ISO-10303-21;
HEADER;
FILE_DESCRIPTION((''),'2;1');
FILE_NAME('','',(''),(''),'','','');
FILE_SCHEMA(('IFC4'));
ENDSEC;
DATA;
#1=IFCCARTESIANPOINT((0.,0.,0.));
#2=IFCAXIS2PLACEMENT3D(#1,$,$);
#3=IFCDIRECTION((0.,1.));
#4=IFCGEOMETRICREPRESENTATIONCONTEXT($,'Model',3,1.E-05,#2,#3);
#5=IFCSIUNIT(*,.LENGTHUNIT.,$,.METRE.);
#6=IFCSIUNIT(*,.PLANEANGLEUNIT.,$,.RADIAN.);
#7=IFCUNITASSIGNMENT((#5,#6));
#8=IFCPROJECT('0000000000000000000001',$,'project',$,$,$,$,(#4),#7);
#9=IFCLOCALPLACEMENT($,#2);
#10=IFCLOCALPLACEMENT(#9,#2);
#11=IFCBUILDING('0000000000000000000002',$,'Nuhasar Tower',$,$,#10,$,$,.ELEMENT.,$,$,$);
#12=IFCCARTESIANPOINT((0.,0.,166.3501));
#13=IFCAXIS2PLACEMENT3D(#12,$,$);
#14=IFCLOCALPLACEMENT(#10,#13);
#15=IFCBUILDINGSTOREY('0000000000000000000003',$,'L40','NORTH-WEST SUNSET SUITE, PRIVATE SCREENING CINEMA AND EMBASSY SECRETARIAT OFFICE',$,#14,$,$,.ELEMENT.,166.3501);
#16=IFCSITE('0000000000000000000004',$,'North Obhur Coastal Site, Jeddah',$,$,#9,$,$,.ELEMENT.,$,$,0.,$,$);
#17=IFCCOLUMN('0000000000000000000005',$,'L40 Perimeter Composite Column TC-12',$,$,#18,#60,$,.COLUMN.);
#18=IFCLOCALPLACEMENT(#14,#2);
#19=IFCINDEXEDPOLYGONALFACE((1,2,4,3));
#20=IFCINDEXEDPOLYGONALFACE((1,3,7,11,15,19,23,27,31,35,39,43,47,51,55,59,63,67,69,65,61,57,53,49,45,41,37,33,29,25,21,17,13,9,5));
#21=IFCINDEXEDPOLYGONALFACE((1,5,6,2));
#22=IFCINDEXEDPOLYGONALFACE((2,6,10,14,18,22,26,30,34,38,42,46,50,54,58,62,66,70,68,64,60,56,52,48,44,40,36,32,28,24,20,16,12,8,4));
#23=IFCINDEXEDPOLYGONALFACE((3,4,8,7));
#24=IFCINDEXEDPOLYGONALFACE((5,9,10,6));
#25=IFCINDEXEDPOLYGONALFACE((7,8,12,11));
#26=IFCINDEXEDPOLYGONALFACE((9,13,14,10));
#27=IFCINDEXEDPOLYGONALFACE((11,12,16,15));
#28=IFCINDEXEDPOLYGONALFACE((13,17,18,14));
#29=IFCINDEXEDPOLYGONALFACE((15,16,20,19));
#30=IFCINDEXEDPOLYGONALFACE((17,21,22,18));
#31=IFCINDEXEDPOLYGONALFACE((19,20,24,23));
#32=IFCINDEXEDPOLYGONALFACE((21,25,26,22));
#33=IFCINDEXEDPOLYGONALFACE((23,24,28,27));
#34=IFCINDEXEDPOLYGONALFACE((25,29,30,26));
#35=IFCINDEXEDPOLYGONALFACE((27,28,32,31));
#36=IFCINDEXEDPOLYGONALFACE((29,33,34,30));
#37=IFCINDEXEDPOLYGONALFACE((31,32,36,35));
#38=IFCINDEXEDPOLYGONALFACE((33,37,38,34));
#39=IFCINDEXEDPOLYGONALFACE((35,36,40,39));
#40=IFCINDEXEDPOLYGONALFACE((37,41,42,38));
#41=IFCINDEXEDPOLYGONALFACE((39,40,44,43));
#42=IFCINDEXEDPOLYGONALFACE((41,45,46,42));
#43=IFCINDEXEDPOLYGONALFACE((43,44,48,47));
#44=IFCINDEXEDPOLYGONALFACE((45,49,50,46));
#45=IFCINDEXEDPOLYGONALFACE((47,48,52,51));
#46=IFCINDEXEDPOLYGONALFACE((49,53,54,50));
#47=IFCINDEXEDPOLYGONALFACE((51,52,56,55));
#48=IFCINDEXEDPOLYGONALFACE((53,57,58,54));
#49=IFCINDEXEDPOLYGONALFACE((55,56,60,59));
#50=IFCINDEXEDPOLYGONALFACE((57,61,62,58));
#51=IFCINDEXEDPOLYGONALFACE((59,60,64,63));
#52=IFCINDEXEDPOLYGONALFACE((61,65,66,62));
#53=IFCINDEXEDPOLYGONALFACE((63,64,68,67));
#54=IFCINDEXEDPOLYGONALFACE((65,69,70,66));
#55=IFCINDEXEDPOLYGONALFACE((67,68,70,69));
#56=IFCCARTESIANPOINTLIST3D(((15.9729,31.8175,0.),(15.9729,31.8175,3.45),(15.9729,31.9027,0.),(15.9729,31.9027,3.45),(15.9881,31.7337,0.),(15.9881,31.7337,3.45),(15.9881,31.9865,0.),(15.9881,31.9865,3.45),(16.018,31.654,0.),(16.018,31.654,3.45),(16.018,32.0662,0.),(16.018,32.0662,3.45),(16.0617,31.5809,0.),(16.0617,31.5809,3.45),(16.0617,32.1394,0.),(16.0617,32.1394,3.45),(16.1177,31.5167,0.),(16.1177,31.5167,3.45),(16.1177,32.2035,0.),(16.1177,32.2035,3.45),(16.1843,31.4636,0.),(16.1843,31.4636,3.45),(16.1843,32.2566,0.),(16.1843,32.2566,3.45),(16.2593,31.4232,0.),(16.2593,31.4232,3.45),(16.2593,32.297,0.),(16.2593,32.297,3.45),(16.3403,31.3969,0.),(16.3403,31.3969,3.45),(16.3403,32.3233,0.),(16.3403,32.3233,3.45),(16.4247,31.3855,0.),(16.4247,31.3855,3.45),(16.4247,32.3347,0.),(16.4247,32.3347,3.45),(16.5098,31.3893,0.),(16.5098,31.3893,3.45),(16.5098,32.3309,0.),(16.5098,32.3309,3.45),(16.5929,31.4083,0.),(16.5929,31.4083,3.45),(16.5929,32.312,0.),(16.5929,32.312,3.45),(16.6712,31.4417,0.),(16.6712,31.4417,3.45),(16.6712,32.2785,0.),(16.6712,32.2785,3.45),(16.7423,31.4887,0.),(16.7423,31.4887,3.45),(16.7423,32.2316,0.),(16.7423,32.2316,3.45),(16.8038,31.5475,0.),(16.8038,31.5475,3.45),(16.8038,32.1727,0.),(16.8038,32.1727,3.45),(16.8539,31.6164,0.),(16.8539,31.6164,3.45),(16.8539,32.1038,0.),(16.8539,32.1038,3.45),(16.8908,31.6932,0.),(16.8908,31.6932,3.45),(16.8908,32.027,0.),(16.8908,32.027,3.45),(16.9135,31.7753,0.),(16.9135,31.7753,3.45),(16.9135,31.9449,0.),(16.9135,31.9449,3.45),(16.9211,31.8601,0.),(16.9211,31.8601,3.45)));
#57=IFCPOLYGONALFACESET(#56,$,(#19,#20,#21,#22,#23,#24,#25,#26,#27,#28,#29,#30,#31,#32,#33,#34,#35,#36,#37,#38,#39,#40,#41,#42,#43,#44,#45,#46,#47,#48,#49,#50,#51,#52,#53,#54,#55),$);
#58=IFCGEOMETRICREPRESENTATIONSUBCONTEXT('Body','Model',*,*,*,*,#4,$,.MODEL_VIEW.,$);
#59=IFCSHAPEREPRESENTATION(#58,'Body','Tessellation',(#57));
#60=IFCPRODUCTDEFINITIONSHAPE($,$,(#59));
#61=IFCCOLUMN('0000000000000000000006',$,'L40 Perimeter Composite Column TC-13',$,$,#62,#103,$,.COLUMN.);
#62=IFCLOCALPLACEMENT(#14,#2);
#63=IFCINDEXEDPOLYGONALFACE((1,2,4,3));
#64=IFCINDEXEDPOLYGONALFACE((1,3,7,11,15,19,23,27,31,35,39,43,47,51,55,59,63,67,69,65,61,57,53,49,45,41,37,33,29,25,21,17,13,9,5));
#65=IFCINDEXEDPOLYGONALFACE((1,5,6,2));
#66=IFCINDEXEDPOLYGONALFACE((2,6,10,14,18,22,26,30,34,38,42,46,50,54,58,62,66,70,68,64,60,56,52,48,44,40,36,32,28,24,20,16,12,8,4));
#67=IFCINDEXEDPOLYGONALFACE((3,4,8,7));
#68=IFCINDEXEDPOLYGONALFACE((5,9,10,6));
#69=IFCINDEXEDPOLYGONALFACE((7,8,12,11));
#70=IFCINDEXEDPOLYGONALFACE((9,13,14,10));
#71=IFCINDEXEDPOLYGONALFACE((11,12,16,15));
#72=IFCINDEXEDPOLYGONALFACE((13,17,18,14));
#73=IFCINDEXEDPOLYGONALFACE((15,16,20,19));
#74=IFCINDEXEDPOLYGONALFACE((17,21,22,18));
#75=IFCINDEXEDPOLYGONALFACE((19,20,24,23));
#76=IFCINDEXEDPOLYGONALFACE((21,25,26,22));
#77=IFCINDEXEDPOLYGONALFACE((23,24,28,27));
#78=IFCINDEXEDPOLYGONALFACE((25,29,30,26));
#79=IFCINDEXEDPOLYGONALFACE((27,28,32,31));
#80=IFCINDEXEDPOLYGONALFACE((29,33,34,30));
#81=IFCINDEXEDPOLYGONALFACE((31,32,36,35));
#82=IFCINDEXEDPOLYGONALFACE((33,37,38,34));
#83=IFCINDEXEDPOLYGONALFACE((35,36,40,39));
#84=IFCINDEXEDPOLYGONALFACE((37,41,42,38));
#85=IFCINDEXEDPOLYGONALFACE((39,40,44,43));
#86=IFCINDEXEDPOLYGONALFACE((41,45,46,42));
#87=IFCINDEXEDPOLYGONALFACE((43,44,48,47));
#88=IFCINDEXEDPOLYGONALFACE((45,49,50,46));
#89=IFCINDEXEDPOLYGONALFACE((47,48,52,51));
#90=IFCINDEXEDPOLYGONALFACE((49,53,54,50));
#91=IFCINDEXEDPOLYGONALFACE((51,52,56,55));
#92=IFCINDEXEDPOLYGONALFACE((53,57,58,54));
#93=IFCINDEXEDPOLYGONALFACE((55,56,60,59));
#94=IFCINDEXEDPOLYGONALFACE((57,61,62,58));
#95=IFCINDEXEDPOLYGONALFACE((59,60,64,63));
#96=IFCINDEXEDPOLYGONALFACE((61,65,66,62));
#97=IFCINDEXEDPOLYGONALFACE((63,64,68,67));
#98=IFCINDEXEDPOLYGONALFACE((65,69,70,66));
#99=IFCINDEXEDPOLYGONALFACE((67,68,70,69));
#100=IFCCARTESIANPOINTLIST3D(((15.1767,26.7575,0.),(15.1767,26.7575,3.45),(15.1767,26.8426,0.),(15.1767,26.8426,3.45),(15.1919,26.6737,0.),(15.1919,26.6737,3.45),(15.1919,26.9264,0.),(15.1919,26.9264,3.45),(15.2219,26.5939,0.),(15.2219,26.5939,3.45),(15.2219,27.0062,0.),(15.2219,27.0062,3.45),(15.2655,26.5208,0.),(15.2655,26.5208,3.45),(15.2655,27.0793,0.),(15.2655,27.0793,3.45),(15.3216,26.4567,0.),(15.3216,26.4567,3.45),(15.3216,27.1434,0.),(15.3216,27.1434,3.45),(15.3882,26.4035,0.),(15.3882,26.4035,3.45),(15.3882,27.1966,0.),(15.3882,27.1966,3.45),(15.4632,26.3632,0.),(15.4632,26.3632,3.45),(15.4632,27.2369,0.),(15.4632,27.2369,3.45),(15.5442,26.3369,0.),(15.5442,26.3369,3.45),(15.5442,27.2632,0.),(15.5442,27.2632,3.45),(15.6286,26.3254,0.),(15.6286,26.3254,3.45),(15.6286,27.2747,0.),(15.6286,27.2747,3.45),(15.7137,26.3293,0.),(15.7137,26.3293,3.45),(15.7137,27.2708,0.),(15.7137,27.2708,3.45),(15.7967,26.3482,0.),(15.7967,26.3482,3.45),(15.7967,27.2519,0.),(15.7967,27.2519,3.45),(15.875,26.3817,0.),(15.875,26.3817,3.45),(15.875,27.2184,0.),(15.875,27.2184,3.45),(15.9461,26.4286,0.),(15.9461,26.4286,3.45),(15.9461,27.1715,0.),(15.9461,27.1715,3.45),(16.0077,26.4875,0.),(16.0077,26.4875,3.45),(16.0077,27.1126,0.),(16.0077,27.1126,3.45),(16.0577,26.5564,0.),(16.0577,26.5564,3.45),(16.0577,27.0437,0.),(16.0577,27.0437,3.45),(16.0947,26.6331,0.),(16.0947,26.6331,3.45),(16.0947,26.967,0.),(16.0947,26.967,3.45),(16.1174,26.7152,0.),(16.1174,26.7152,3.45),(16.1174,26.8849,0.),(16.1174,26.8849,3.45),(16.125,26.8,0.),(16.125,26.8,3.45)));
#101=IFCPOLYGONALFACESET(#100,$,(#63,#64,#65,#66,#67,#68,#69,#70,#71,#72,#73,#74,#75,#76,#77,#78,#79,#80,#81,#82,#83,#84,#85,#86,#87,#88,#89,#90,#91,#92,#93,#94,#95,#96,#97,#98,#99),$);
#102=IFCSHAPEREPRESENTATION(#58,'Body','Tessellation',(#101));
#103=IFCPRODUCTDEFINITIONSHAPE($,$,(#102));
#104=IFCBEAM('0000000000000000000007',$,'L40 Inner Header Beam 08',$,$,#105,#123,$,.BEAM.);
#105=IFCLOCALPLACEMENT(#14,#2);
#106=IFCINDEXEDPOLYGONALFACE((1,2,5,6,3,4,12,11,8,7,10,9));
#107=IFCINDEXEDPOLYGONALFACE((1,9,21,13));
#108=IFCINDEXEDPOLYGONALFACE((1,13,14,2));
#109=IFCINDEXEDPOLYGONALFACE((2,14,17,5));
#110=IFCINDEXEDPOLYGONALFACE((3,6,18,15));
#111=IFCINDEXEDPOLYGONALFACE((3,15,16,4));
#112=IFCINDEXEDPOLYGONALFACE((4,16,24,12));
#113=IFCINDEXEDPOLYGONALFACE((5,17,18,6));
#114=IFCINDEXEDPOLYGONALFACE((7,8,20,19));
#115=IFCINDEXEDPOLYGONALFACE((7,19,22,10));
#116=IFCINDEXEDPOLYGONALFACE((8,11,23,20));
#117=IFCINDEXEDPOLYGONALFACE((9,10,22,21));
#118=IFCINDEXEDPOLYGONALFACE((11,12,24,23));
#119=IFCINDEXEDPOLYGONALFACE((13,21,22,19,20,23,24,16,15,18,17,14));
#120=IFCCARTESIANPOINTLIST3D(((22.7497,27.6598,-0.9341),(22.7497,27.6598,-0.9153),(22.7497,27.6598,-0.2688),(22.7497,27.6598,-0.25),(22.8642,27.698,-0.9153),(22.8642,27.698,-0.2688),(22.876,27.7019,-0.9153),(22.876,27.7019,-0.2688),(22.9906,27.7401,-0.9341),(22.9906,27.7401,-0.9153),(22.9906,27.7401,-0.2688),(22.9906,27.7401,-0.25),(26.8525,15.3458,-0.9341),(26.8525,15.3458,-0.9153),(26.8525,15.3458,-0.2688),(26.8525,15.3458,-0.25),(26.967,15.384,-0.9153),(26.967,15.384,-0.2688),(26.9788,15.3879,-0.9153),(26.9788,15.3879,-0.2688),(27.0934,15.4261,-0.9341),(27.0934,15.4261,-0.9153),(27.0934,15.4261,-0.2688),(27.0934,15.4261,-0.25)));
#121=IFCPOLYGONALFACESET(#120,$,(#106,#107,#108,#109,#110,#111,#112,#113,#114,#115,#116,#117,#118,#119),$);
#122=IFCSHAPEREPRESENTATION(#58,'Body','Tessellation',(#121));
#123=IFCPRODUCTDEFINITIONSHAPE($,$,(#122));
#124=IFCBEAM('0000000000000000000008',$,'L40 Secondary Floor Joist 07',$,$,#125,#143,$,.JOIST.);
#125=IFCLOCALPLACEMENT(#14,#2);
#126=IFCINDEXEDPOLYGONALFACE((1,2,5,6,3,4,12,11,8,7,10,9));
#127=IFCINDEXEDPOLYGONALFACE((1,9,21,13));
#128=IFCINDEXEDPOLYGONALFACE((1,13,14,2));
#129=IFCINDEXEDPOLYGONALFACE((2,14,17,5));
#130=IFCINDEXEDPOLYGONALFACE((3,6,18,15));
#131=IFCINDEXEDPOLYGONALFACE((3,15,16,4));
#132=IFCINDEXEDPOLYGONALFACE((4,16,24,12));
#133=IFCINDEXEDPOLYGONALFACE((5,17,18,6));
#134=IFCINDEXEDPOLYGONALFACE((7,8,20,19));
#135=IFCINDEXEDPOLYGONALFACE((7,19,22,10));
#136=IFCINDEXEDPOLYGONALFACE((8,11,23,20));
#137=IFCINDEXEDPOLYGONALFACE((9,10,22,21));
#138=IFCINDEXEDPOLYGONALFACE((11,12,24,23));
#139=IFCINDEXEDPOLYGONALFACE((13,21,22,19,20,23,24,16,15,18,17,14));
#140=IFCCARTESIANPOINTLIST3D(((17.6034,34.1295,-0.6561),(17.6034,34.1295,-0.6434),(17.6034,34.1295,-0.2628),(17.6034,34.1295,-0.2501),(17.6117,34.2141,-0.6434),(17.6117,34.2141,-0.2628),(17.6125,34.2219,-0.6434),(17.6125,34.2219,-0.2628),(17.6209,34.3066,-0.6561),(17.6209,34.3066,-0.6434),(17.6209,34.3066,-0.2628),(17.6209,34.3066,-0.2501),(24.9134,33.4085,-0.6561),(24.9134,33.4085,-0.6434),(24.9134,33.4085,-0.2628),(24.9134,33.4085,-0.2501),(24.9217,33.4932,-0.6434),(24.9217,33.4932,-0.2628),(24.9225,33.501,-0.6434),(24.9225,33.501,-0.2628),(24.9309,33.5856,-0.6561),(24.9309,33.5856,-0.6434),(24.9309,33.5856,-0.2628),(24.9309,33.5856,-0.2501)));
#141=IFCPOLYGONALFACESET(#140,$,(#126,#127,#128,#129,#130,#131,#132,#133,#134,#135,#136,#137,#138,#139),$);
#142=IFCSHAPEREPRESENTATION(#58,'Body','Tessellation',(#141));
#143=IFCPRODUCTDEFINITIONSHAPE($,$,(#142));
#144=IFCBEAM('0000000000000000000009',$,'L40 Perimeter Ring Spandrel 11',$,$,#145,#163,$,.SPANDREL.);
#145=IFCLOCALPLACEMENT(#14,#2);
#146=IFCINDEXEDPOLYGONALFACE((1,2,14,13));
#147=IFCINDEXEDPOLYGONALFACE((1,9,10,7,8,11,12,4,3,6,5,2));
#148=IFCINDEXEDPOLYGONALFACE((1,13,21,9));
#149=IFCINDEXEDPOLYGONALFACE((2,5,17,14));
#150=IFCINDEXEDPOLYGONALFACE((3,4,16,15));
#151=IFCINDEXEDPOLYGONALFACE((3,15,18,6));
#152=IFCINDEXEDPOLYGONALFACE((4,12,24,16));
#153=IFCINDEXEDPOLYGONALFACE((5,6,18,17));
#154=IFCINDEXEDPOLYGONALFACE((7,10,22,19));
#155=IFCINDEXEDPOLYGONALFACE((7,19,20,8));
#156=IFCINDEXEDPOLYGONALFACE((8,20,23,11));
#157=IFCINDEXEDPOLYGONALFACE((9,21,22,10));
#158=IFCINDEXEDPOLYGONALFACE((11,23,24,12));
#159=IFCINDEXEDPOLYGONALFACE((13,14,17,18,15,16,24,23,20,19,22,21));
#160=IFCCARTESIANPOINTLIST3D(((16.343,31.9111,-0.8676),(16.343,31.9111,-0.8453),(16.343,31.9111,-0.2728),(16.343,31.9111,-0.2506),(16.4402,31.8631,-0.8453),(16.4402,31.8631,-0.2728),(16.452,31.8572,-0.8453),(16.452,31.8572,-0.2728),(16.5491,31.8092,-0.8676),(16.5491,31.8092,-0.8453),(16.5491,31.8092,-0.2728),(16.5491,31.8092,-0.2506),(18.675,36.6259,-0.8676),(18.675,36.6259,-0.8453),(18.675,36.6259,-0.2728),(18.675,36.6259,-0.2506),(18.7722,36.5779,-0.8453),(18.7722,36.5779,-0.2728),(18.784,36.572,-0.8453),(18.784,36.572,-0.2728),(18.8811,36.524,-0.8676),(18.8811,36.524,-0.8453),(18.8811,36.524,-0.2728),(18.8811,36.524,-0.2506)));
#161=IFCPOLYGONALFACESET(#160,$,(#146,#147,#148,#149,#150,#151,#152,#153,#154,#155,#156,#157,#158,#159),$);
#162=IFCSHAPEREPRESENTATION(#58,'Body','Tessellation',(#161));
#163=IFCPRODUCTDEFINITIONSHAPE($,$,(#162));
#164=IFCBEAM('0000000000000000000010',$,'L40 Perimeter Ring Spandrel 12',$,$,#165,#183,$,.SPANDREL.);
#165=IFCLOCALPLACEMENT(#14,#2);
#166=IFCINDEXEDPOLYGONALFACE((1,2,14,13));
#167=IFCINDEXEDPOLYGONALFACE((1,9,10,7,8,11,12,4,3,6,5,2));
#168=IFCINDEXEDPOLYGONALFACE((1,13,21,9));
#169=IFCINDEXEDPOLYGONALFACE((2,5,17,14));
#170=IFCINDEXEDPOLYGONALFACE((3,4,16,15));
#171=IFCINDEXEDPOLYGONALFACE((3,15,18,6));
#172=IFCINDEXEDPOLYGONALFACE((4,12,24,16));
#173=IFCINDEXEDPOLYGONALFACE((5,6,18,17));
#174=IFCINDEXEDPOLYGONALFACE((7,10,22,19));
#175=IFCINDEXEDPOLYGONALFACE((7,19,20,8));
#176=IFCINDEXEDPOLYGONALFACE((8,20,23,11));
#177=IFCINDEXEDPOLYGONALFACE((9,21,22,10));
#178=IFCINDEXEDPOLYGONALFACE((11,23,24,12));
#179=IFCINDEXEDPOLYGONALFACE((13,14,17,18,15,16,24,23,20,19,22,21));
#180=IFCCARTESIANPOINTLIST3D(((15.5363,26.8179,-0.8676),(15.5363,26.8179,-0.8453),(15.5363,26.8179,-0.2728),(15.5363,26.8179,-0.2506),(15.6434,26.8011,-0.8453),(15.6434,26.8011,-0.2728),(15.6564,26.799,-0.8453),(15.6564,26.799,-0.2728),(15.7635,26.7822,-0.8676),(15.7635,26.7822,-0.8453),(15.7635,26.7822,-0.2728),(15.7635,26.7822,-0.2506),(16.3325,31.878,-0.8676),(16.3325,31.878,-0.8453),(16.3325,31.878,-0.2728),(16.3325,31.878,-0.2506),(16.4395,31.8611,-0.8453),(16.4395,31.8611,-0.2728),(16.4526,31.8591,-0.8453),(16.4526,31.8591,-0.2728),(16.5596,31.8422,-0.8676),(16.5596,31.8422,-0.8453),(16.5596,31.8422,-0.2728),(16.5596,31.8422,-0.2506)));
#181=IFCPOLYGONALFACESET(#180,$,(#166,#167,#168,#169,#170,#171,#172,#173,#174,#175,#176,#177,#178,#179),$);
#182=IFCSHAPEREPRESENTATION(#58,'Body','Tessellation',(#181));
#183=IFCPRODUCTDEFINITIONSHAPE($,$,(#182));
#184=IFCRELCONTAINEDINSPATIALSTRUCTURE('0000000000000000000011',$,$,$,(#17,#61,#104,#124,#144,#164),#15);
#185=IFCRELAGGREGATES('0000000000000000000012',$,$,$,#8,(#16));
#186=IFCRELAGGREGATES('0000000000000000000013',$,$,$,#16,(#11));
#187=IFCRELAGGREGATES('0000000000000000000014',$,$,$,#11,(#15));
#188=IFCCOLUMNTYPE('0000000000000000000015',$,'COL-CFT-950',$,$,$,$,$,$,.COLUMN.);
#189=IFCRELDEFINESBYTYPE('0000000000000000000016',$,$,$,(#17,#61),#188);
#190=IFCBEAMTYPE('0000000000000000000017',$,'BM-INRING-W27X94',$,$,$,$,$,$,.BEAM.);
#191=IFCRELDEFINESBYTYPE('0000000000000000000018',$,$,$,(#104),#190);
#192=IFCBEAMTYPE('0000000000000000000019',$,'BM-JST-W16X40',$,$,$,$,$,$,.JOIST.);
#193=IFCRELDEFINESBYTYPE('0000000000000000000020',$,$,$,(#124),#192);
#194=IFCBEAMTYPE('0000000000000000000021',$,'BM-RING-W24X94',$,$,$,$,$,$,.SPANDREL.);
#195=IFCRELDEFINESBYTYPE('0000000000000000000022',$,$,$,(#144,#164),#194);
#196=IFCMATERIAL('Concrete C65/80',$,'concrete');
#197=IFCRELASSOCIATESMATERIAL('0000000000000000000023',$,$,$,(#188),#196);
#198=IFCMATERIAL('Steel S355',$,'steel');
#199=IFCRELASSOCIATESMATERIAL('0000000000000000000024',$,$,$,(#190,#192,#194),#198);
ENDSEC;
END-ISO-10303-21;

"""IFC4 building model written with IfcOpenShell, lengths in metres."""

from ifc_helpers import new_model, si_unit, direction, frame, origin, origin_2d, place, context, subcontext, project, spatial, circle, i_section, extrude, material, material_profile, profile_set, type_object, element, save


model = new_model("IFC4")

# Units and contexts
model_context = context("Model", 3, precision=1e-05, world=origin(), true_north=direction((0.0, 1.0)))
body_context = subcontext(model_context, "Body", "Model", "MODEL_VIEW")
ifc_project = project(units=[si_unit("LENGTHUNIT", "METRE"), si_unit("PLANEANGLEUNIT", "RADIAN")], contexts=[model_context])

# Site, building, storey
site_placement = place(None, origin())
site = spatial("IfcSite", under=ifc_project, at=site_placement, Name="North Obhur Coastal Site, Jeddah", CompositionType="ELEMENT", RefElevation=0.0)
building_placement = place(site_placement, origin())
building = spatial("IfcBuilding", under=site, at=building_placement, Name="Nuhasar Tower", CompositionType="ELEMENT")
storey_placement = place(building_placement, frame((0.0, 0.0, 166.3501)))
storey = spatial("IfcBuildingStorey", under=building, at=storey_placement, Name="L40", Description="NORTH-WEST SUNSET SUITE, PRIVATE SCREENING CINEMA AND EMBASSY SECRETARIAT OFFICE", CompositionType="ELEMENT", Elevation=166.3501)

# Columns
ifc_material_1 = material(Name="Concrete C65/80", Category="concrete")
ifc_material_profile_1 = material_profile(ifc_material_1, circle(Radius=0.4751, at=origin_2d()), Name="CFT950")
ifc_profile_set_1 = profile_set([ifc_material_profile_1], Name="Concrete C65/80")
column_type = type_object("IfcColumnType", Name="COL-CFT-950", PredefinedType="COLUMN", material=ifc_profile_set_1)
for number, where, z_axis, x_axis, name in (
    (1, (16.446, 31.8601, 0.0), (0.0, 0.0, 1.0), (1.0, 0.0, 0.0), "L40 Perimeter Composite Column TC-12"),
    (2, (15.6499, 26.8, 0.0), (0.0, 0.0, 1.0), (1.0, 0.0, 0.0), "L40 Perimeter Composite Column TC-13"),
):
    element("IfcColumn", number, at=place(storey_placement, frame(where, z_axis=z_axis, x_axis=x_axis)), inside=storey, type_object=column_type, Name=name, PredefinedType="COLUMN", context=body_context, shape_type="SweptSolid", body=[
        extrude(circle(Radius=0.4751, at=origin_2d()), origin(), (0.0, 0.0, 1.0), 3.45),
    ])

# Beams
ifc_material_2 = material(Name="Steel S355", Category="steel")
ifc_material_profile_2 = material_profile(ifc_material_2, i_section(OverallWidth=0.2539, OverallDepth=0.6841, WebThickness=0.0125, FlangeThickness=0.0188, at=origin_2d()), Name="W27X94")
ifc_profile_set_2 = profile_set([ifc_material_profile_2], Name="Steel S355")
beam_type_1 = type_object("IfcBeamType", Name="BM-INRING-W27X94", PredefinedType="BEAM", material=ifc_profile_set_2)
beam_1_placement = place(storey_placement, frame((22.8701, 27.7, -0.592), z_axis=(0.316098, -0.948727, 0.0), x_axis=(0.948727, 0.316098, 0.0)))
element("IfcBeam", 3, at=beam_1_placement, inside=storey, type_object=beam_type_1, Name="L40 Inner Header Beam 08", PredefinedType="BEAM", context=body_context, shape_type="SweptSolid", body=[
    extrude(i_section(OverallWidth=0.2539, OverallDepth=0.6841, WebThickness=0.0125, FlangeThickness=0.0188, at=origin_2d()), origin(), (0.0, 0.0, 1.0), 12.9795),
])
ifc_material_profile_3 = material_profile(ifc_material_2, i_section(OverallWidth=0.178, OverallDepth=0.406, WebThickness=0.0078, FlangeThickness=0.0127, at=origin_2d()), Name="W16X40")
ifc_profile_set_3 = profile_set([ifc_material_profile_3], Name="Steel S355")
beam_type_2 = type_object("IfcBeamType", Name="BM-JST-W16X40", PredefinedType="JOIST", material=ifc_profile_set_3)
beam_2_placement = place(storey_placement, frame((24.9221, 33.4971, -0.4531), z_axis=(-0.995172, 0.098148, 0.0), x_axis=(-0.098148, -0.995172, 0.0)))
element("IfcBeam", 4, at=beam_2_placement, inside=storey, type_object=beam_type_2, Name="L40 Secondary Floor Joist 07", PredefinedType="JOIST", context=body_context, shape_type="SweptSolid", body=[
    extrude(i_section(OverallWidth=0.178, OverallDepth=0.406, WebThickness=0.0078, FlangeThickness=0.0127, at=origin_2d()), origin(), (0.0, 0.0, 1.0), 7.3455),
])
ifc_material_profile_4 = material_profile(ifc_material_2, i_section(OverallWidth=0.23, OverallDepth=0.6169, WebThickness=0.0132, FlangeThickness=0.0222, at=origin_2d()), Name="W24X94")
ifc_profile_set_4 = profile_set([ifc_material_profile_4], Name="Steel S355")
beam_type_3 = type_object("IfcBeamType", Name="BM-RING-W24X94", PredefinedType="SPANDREL", material=ifc_profile_set_4)
beam_3_placement = place(storey_placement, frame((18.7781, 36.575, -0.5591), z_axis=(-0.443348, -0.89635, 0.0), x_axis=(0.89635, -0.443348, 0.0)))
element("IfcBeam", 5, at=beam_3_placement, inside=storey, type_object=beam_type_3, Name="L40 Perimeter Ring Spandrel 11", PredefinedType="SPANDREL", context=body_context, shape_type="SweptSolid", body=[
    extrude(i_section(OverallWidth=0.23, OverallDepth=0.6169, WebThickness=0.0132, FlangeThickness=0.0222, at=origin_2d()), origin(), (0.0, 0.0, 1.0), 5.26),
])
beam_4_placement = place(storey_placement, frame((16.446, 31.8601, -0.5591), z_axis=(-0.155427, -0.987847, 0.0), x_axis=(0.987847, -0.155427, 0.0)))
element("IfcBeam", 6, at=beam_4_placement, inside=storey, type_object=beam_type_3, Name="L40 Perimeter Ring Spandrel 12", PredefinedType="SPANDREL", context=body_context, shape_type="SweptSolid", body=[
    extrude(i_section(OverallWidth=0.23, OverallDepth=0.6169, WebThickness=0.0132, FlangeThickness=0.0222, at=origin_2d()), origin(), (0.0, 0.0, 1.0), 5.1223),
])

save(model, "model.ifc")
